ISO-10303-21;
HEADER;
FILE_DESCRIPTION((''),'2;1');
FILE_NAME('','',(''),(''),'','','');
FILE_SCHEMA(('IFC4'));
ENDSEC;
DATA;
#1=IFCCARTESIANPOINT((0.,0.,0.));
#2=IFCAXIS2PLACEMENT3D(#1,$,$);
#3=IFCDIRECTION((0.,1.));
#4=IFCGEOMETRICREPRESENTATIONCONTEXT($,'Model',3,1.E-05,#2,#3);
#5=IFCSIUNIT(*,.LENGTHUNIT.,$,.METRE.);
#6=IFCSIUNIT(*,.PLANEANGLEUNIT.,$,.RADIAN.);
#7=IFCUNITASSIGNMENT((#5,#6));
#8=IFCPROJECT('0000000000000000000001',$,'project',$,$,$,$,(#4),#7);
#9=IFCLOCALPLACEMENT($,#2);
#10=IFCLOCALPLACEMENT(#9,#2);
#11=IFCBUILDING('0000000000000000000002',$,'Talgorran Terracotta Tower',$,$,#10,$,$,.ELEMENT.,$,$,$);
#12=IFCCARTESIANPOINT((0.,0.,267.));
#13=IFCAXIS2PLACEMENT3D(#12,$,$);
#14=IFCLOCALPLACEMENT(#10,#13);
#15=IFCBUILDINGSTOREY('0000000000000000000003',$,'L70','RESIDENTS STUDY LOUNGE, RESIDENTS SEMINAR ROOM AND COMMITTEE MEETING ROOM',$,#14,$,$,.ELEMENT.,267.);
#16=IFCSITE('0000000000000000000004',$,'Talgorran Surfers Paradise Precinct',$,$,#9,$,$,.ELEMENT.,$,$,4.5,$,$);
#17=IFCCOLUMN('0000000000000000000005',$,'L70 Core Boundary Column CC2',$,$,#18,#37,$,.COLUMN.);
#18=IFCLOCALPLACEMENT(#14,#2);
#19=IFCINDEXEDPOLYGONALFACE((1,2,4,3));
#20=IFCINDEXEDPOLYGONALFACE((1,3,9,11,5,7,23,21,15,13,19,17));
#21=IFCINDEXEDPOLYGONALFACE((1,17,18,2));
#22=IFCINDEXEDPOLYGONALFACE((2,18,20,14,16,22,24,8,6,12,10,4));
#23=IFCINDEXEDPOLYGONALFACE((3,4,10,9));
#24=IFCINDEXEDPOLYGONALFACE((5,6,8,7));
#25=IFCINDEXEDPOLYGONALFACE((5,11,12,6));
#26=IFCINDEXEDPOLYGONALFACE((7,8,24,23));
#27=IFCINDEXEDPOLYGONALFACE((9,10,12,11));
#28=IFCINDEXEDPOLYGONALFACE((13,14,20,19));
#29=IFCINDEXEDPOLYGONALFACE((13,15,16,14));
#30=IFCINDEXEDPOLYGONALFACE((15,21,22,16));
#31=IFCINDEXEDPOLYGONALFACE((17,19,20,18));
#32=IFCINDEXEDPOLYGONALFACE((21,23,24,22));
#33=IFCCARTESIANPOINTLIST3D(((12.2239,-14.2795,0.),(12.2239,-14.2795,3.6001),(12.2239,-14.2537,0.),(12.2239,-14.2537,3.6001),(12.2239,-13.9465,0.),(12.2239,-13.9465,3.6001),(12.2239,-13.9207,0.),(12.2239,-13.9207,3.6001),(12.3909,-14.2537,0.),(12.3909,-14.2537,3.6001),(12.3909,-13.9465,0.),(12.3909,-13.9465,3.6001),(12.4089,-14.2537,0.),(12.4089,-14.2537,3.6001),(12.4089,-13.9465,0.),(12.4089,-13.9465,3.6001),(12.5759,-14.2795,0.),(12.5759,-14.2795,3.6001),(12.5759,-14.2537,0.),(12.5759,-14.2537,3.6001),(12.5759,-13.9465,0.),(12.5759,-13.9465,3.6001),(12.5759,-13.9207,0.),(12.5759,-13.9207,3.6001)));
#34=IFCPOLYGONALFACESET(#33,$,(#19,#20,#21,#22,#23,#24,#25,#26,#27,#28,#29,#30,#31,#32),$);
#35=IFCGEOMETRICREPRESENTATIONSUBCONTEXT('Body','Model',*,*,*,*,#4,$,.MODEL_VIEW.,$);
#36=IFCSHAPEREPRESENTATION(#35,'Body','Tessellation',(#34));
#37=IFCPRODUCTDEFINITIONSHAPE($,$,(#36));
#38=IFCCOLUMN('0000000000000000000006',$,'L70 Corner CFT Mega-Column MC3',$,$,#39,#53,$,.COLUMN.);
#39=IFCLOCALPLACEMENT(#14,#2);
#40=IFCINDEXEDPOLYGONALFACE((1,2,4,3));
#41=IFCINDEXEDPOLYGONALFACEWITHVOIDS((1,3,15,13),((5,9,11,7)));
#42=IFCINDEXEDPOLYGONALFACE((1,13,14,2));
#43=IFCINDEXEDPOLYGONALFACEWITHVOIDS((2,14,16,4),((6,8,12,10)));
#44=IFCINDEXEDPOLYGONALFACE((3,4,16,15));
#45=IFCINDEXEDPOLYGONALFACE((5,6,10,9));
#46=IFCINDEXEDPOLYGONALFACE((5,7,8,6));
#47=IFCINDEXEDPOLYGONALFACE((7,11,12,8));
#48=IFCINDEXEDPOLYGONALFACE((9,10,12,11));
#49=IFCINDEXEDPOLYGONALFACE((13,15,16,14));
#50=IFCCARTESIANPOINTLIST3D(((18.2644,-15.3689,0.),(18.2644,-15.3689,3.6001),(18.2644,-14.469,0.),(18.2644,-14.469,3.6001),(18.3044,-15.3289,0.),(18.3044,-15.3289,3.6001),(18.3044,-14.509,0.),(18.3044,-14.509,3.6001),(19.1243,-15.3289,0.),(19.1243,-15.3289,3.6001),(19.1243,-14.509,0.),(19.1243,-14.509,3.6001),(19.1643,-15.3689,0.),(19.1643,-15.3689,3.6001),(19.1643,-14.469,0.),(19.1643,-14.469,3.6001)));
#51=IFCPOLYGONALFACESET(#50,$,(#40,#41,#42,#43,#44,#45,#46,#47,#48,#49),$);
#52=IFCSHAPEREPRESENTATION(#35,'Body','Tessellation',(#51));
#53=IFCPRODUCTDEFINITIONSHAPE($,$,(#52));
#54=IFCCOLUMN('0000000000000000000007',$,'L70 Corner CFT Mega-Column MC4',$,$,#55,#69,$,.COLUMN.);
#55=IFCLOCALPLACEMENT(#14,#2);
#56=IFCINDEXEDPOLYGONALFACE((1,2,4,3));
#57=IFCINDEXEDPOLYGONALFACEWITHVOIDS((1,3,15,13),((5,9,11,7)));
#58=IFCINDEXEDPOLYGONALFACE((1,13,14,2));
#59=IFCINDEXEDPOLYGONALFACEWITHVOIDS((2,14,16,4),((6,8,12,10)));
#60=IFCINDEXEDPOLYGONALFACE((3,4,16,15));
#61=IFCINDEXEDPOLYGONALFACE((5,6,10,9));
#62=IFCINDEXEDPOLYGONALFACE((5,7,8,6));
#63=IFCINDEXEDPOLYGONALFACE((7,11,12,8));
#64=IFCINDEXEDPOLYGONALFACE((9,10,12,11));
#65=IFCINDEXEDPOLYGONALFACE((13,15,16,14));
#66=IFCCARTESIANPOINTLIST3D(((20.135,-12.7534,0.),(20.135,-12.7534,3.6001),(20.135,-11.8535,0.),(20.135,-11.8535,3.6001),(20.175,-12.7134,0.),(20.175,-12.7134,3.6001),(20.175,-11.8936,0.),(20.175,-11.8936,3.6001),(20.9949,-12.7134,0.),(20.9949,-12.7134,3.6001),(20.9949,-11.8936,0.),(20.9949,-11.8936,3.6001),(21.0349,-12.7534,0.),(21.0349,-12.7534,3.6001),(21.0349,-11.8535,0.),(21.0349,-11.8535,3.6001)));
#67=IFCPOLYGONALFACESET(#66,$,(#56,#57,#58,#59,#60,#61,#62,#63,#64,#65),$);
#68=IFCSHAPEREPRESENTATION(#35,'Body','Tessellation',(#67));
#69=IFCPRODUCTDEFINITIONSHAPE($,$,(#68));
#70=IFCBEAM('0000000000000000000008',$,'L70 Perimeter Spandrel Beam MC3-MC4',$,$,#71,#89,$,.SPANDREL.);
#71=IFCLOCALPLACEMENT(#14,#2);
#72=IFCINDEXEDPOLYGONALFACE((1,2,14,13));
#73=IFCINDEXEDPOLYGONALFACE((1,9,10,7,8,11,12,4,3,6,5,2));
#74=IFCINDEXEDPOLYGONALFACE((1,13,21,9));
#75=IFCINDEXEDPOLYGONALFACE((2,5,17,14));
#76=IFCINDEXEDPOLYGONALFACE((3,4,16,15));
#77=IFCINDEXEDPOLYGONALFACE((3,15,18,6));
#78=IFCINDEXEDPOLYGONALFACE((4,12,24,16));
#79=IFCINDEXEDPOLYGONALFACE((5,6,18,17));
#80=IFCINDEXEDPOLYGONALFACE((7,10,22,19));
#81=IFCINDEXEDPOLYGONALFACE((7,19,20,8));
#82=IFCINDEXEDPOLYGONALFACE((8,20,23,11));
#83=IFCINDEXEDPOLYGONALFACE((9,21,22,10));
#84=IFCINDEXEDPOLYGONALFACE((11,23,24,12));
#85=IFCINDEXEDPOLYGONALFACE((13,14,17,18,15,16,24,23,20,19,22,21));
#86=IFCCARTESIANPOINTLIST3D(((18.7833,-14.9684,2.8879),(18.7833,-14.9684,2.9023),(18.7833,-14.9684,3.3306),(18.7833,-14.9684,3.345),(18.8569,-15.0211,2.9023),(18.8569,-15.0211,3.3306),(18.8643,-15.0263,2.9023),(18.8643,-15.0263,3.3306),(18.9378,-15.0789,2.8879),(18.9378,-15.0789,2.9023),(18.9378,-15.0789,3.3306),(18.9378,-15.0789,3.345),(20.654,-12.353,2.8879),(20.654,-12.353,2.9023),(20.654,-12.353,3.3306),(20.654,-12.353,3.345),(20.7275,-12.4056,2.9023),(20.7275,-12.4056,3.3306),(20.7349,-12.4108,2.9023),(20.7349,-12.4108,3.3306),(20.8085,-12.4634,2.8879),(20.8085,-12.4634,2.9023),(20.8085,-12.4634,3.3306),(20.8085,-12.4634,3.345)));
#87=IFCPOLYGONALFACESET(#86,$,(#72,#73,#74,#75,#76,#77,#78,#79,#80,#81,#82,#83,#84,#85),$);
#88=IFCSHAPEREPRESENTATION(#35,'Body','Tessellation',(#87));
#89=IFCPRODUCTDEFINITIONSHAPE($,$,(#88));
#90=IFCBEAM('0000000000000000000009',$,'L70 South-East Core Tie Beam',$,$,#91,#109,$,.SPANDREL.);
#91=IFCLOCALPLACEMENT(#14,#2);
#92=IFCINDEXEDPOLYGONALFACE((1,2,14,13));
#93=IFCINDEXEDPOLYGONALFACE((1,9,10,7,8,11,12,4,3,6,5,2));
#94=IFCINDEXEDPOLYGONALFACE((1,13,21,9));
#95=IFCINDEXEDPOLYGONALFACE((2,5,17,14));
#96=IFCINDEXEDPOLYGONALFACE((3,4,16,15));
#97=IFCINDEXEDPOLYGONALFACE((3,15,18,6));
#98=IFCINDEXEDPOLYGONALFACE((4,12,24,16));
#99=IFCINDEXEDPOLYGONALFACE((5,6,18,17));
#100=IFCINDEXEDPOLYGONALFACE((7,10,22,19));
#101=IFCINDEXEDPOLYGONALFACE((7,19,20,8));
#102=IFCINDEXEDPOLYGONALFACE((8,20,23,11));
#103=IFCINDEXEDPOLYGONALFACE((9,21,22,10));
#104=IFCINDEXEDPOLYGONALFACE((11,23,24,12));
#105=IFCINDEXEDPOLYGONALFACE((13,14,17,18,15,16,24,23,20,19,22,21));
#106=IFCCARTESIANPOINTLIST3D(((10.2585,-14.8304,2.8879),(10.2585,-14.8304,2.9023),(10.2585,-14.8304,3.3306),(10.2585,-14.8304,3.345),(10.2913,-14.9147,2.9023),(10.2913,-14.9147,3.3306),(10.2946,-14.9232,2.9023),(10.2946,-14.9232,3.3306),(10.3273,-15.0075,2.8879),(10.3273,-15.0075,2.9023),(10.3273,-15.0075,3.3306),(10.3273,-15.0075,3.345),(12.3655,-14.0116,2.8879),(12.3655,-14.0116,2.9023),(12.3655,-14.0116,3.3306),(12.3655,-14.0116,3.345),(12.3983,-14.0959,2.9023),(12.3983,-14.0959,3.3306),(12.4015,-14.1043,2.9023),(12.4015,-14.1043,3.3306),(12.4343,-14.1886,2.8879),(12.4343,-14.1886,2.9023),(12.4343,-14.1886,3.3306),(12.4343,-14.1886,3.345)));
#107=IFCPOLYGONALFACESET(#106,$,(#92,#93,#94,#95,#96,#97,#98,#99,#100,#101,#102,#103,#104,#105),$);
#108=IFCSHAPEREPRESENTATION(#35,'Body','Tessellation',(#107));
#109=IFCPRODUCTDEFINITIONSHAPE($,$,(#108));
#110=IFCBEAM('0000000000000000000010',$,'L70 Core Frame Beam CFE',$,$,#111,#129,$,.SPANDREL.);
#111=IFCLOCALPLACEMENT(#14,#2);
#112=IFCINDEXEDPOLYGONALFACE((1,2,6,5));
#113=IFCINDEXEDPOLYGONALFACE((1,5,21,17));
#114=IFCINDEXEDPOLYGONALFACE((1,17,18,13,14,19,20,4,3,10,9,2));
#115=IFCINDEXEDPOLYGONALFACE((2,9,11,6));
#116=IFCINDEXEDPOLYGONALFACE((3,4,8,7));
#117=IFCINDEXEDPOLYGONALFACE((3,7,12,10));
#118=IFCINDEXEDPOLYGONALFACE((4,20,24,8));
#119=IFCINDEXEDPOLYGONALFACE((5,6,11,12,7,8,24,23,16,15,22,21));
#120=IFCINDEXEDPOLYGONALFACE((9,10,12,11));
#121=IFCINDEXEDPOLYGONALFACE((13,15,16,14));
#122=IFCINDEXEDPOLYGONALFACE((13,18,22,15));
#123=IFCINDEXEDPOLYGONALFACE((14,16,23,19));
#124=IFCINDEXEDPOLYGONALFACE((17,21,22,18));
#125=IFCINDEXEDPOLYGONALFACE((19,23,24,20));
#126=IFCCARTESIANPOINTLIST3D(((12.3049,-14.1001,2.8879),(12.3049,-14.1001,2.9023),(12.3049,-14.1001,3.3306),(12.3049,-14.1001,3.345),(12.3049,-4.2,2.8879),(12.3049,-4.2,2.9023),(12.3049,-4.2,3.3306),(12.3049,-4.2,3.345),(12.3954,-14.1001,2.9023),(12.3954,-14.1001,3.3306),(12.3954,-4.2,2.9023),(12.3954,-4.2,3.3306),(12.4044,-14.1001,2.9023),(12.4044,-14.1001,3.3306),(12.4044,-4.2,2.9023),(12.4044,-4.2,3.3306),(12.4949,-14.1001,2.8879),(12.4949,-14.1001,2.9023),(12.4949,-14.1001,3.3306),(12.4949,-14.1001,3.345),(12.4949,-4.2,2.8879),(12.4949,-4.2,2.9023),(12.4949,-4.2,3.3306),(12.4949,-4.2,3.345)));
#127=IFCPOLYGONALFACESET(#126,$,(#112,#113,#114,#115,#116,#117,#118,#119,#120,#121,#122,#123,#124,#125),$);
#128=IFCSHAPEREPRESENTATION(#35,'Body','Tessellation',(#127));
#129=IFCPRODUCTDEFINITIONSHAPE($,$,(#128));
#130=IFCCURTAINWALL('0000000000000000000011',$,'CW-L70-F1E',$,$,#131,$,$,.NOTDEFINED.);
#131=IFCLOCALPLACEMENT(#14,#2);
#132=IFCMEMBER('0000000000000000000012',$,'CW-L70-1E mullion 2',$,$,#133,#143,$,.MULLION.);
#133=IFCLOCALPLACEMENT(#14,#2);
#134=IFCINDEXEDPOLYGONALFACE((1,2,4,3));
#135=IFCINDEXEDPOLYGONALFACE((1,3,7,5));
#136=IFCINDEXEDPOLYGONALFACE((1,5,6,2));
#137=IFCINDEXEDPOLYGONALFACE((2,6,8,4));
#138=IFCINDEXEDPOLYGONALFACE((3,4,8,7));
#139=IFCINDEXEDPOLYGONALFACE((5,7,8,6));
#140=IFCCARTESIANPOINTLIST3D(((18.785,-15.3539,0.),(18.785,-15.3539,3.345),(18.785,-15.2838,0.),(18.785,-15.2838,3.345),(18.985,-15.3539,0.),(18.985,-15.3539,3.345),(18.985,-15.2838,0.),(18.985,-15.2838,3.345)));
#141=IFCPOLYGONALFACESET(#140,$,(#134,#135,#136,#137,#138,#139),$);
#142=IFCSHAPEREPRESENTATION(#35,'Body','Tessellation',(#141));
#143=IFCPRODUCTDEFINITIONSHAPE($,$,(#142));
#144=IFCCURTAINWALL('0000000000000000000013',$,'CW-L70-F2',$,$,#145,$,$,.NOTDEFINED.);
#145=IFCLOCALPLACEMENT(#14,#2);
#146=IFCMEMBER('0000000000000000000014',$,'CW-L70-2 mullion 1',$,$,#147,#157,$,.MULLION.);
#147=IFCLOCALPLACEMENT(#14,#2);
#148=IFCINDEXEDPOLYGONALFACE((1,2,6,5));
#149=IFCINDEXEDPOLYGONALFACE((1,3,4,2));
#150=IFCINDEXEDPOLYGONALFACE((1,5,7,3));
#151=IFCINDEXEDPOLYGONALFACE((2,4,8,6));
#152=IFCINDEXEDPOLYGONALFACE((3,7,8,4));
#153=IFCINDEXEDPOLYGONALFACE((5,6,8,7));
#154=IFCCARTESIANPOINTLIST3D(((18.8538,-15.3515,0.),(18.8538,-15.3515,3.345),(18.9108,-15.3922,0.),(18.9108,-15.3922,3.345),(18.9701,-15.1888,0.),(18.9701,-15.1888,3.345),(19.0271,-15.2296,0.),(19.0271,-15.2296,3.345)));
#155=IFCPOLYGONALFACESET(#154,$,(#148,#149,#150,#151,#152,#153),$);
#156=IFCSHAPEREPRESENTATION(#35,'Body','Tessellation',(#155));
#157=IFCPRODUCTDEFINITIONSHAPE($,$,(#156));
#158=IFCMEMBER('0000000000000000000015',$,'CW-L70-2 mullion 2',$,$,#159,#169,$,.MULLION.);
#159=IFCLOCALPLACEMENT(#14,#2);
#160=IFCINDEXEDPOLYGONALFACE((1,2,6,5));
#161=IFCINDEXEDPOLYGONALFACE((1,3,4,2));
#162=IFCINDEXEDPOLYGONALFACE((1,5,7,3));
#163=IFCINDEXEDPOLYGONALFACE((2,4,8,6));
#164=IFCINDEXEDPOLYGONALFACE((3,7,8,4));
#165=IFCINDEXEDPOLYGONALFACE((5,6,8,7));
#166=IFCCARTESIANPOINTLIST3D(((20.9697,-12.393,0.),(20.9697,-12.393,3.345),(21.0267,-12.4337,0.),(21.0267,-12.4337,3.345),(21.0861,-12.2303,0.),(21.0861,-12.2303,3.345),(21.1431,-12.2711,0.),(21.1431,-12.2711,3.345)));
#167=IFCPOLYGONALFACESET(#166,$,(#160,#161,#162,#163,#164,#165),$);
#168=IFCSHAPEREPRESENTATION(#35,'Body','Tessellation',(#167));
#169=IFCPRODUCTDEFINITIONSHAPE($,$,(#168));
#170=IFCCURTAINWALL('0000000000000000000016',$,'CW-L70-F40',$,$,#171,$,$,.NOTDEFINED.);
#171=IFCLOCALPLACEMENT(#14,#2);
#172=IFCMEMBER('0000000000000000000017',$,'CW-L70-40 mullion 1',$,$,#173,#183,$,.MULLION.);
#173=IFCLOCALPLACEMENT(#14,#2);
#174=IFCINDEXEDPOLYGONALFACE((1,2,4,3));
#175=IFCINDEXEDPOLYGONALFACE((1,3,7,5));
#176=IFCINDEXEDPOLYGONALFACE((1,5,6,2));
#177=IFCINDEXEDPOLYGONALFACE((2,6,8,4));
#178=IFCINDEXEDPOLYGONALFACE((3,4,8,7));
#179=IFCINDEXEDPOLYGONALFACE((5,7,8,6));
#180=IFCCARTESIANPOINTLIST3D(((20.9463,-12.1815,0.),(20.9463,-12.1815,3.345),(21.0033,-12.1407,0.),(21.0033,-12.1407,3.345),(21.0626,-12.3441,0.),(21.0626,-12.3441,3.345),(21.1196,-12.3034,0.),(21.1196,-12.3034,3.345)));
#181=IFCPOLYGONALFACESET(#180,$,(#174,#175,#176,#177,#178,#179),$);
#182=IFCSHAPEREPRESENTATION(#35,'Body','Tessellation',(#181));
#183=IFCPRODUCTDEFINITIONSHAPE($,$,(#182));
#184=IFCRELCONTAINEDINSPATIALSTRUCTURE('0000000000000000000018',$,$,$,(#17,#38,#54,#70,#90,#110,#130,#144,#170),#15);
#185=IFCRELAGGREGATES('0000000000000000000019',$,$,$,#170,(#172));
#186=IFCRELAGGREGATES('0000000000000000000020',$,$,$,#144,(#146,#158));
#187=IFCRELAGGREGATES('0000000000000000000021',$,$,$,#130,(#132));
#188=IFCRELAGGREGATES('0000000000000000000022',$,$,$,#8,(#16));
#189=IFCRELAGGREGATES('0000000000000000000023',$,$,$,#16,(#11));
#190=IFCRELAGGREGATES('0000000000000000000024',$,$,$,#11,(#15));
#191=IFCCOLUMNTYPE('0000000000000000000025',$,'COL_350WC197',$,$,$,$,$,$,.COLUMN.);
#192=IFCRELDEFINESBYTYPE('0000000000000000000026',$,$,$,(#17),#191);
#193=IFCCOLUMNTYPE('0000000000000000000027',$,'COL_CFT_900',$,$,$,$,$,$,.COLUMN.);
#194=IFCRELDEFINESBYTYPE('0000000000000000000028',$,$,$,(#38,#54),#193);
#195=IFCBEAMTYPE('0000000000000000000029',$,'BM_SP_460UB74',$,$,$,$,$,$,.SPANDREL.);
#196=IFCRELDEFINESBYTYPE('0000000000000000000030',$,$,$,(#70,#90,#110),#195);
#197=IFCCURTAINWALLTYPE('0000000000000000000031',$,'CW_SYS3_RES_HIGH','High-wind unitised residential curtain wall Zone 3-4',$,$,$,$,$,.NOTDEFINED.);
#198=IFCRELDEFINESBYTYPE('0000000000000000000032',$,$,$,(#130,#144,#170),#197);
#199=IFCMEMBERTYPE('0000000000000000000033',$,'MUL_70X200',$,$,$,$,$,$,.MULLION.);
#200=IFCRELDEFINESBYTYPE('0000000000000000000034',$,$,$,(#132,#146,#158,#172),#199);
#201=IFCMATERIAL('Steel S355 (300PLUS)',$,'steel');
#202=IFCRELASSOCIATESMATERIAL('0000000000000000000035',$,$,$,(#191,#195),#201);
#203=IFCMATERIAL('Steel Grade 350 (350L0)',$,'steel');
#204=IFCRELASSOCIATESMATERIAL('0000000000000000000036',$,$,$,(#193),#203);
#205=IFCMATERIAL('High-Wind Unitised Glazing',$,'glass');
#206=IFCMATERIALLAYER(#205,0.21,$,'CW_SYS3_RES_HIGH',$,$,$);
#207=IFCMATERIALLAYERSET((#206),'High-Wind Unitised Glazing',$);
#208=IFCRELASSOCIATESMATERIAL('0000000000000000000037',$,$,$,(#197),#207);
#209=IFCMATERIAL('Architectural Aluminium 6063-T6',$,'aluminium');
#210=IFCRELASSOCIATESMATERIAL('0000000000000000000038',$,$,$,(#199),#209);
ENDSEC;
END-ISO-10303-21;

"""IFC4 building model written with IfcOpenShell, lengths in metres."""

from ifc_helpers import new_model, si_unit, direction, frame, origin, origin_2d, place, context, subcontext, project, spatial, rectangle, hollow_rectangle, i_section, extrude, material, layer, layer_set, material_profile, profile_set, type_object, element, aggregate, save


model = new_model("IFC4")

# Units and contexts
model_context = context("Model", 3, precision=1e-05, world=origin(), true_north=direction((0.0, 1.0)))
body_context = subcontext(model_context, "Body", "Model", "MODEL_VIEW")
ifc_project = project(units=[si_unit("LENGTHUNIT", "METRE"), si_unit("PLANEANGLEUNIT", "RADIAN")], contexts=[model_context])

# Site, building, storey
site_placement = place(None, origin())
site = spatial("IfcSite", under=ifc_project, at=site_placement, Name="Talgorran Surfers Paradise Precinct", CompositionType="ELEMENT", RefElevation=4.5)
building_placement = place(site_placement, origin())
building = spatial("IfcBuilding", under=site, at=building_placement, Name="Talgorran Terracotta Tower", CompositionType="ELEMENT")
storey_placement = place(building_placement, frame((0.0, 0.0, 267.0)))
storey = spatial("IfcBuildingStorey", under=building, at=storey_placement, Name="L70", Description="RESIDENTS STUDY LOUNGE, RESIDENTS SEMINAR ROOM AND COMMITTEE MEETING ROOM", CompositionType="ELEMENT", Elevation=267.0)

# Columns
ifc_material_1 = material(Name="Steel S355 (300PLUS)", Category="steel")
ifc_material_profile_1 = material_profile(ifc_material_1, i_section(OverallWidth=0.3521, OverallDepth=0.3589, WebThickness=0.0181, FlangeThickness=0.0259, at=origin_2d()), Name="350WC197")
ifc_profile_set_1 = profile_set([ifc_material_profile_1], Name="Steel S355 (300PLUS)")
column_type_1 = type_object("IfcColumnType", Name="COL_350WC197", PredefinedType="COLUMN", material=ifc_profile_set_1)
column_placement = place(storey_placement, frame((12.3999, -14.1001, 0.0), z_axis=(0.0, 0.0, 1.0), x_axis=(1.0, 0.0, 0.0)))
element("IfcColumn", 1, at=column_placement, inside=storey, type_object=column_type_1, Name="L70 Core Boundary Column CC2", PredefinedType="COLUMN", context=body_context, shape_type="SweptSolid", body=[
    extrude(i_section(OverallWidth=0.3521, OverallDepth=0.3589, WebThickness=0.0181, FlangeThickness=0.0259, at=origin_2d()), origin(), (0.0, 0.0, 1.0), 3.6001),
])
ifc_material_2 = material(Name="Steel Grade 350 (350L0)", Category="steel")
ifc_material_profile_2 = material_profile(ifc_material_2, hollow_rectangle(XDim=0.8999, YDim=0.8999, WallThickness=0.04, at=origin_2d()), Name="CFT900X900X40")
ifc_profile_set_2 = profile_set([ifc_material_profile_2], Name="Steel Grade 350 (350L0)")
column_type_2 = type_object("IfcColumnType", Name="COL_CFT_900", PredefinedType="COLUMN", material=ifc_profile_set_2)
for number, where, z_axis, x_axis, name in (
    (2, (18.7144, -14.9189, 0.0), (0.0, 0.0, 1.0), (1.0, 0.0, 0.0), "L70 Corner CFT Mega-Column MC3"),
    (3, (20.585, -12.3035, 0.0), (0.0, 0.0, 1.0), (1.0, 0.0, 0.0), "L70 Corner CFT Mega-Column MC4"),
):
    element("IfcColumn", number, at=place(storey_placement, frame(where, z_axis=z_axis, x_axis=x_axis)), inside=storey, type_object=column_type_2, Name=name, PredefinedType="COLUMN", context=body_context, shape_type="SweptSolid", body=[
        extrude(hollow_rectangle(XDim=0.8999, YDim=0.8999, WallThickness=0.04, at=origin_2d()), origin(), (0.0, 0.0, 1.0), 3.6001),
    ])

# Beams
ifc_material_profile_3 = material_profile(ifc_material_1, i_section(OverallWidth=0.1899, OverallDepth=0.457, WebThickness=0.009, FlangeThickness=0.0144, at=origin_2d()), Name="460UB74.6")
ifc_profile_set_3 = profile_set([ifc_material_profile_3], Name="Steel S355 (300PLUS)")
beam_type = type_object("IfcBeamType", Name="BM_SP_460UB74", PredefinedType="SPANDREL", material=ifc_profile_set_3)
beam_1_placement = place(storey_placement, frame((18.8606, -15.0237, 3.1165), z_axis=(0.581734, 0.813379, 0.0), x_axis=(-0.813379, 0.581734, 0.0)))
element("IfcBeam", 4, at=beam_1_placement, inside=storey, type_object=beam_type, Name="L70 Perimeter Spandrel Beam MC3-MC4", PredefinedType="SPANDREL", context=body_context, shape_type="SweptSolid", body=[
    extrude(i_section(OverallWidth=0.1899, OverallDepth=0.457, WebThickness=0.009, FlangeThickness=0.0144, at=origin_2d()), origin(), (0.0, 0.0, 1.0), 3.2156),
])
beam_2_placement = place(storey_placement, frame((12.3999, -14.1001, 3.1165), z_axis=(-0.932082, -0.362248, 0.0), x_axis=(0.362248, -0.932082, 0.0)))
element("IfcBeam", 5, at=beam_2_placement, inside=storey, type_object=beam_type, Name="L70 South-East Core Tie Beam", PredefinedType="SPANDREL", context=body_context, shape_type="SweptSolid", body=[
    extrude(i_section(OverallWidth=0.1899, OverallDepth=0.457, WebThickness=0.009, FlangeThickness=0.0144, at=origin_2d()), origin(), (0.0, 0.0, 1.0), 2.2605),
])
beam_3_placement = place(storey_placement, frame((12.3999, -14.1001, 3.1165), z_axis=(0.0, 1.0, 0.0), x_axis=(-1.0, 0.0, 0.0)))
element("IfcBeam", 6, at=beam_3_placement, inside=storey, type_object=beam_type, Name="L70 Core Frame Beam CFE", PredefinedType="SPANDREL", context=body_context, shape_type="SweptSolid", body=[
    extrude(i_section(OverallWidth=0.1899, OverallDepth=0.457, WebThickness=0.009, FlangeThickness=0.0144, at=origin_2d()), origin(), (0.0, 0.0, 1.0), 9.9001),
])

# Curtain wall, member
ifc_material_3 = material(Name="High-Wind Unitised Glazing", Category="glass")
ifc_layer_1 = layer(ifc_material_3, 0.21, Name="CW_SYS3_RES_HIGH")
ifc_layer_set_1 = layer_set([ifc_layer_1], Name="High-Wind Unitised Glazing")
curtain_wall_type = type_object("IfcCurtainWallType", Name="CW_SYS3_RES_HIGH", Description="High-wind unitised residential curtain wall Zone 3-4", PredefinedType="NOTDEFINED", material=ifc_layer_set_1)
curtain_wall_1_placement = place(storey_placement, origin())
curtain_wall_1 = element("IfcCurtainWall", 7, at=curtain_wall_1_placement, inside=storey, type_object=curtain_wall_type, Name="CW-L70-F1E", PredefinedType="NOTDEFINED")
ifc_material_4 = material(Name="Architectural Aluminium 6063-T6", Category="aluminium")
ifc_material_profile_4 = material_profile(ifc_material_4, rectangle(XDim=0.0701, YDim=0.2, at=origin_2d()), Name="CWM70X200")
ifc_profile_set_4 = profile_set([ifc_material_profile_4], Name="Architectural Aluminium 6063-T6")
member_type_1 = type_object("IfcMemberType", Name="MUL_70X200", PredefinedType="MULLION", material=ifc_profile_set_4)
member_1_placement = place(storey_placement, frame((18.885, -15.3188, 0.0), z_axis=(0.0, 0.0, 1.0), x_axis=(0.0, 1.0, 0.0)))
member_1 = element("IfcMember", 8, at=member_1_placement, type_object=member_type_1, Name="CW-L70-1E mullion 2", PredefinedType="MULLION", context=body_context, shape_type="SweptSolid", body=[
    extrude(rectangle(XDim=0.0701, YDim=0.2, at=origin_2d()), origin(), (0.0, 0.0, 1.0), 3.345),
])

# Curtain wall, members
curtain_wall_2_placement = place(storey_placement, origin())
curtain_wall_2 = element("IfcCurtainWall", 9, at=curtain_wall_2_placement, inside=storey, type_object=curtain_wall_type, Name="CW-L70-F2", PredefinedType="NOTDEFINED")
member_2_placement = place(storey_placement, frame((18.9404, -15.2905, 0.0), z_axis=(0.0, 0.0, 1.0), x_axis=(-0.813371, 0.581746, 0.0)))
member_2 = element("IfcMember", 10, at=member_2_placement, type_object=member_type_1, Name="CW-L70-2 mullion 1", PredefinedType="MULLION", context=body_context, shape_type="SweptSolid", body=[
    extrude(rectangle(XDim=0.0701, YDim=0.2, at=origin_2d()), origin(), (0.0, 0.0, 1.0), 3.345),
])
member_3_placement = place(storey_placement, frame((21.0564, -12.332, 0.0), z_axis=(0.0, 0.0, 1.0), x_axis=(-0.813371, 0.581746, 0.0)))
member_3 = element("IfcMember", 11, at=member_3_placement, type_object=member_type_1, Name="CW-L70-2 mullion 2", PredefinedType="MULLION", context=body_context, shape_type="SweptSolid", body=[
    extrude(rectangle(XDim=0.0701, YDim=0.2, at=origin_2d()), origin(), (0.0, 0.0, 1.0), 3.345),
])

# Curtain wall, member
curtain_wall_3_placement = place(storey_placement, origin())
curtain_wall_3 = element("IfcCurtainWall", 12, at=curtain_wall_3_placement, inside=storey, type_object=curtain_wall_type, Name="CW-L70-F40", PredefinedType="NOTDEFINED")
member_4_placement = place(storey_placement, frame((21.033, -12.2424, 0.0), z_axis=(0.0, 0.0, 1.0), x_axis=(-0.813377, -0.581737, 0.0)))
member_4 = element("IfcMember", 13, at=member_4_placement, type_object=member_type_1, Name="CW-L70-40 mullion 1", PredefinedType="MULLION", context=body_context, shape_type="SweptSolid", body=[
    extrude(rectangle(XDim=0.0701, YDim=0.2, at=origin_2d()), origin(), (0.0, 0.0, 1.0), 3.345),
])

aggregate(curtain_wall_3, [member_4])

aggregate(curtain_wall_2, [member_2, member_3])
aggregate(curtain_wall_1, [member_1])

save(model, "model.ifc")
